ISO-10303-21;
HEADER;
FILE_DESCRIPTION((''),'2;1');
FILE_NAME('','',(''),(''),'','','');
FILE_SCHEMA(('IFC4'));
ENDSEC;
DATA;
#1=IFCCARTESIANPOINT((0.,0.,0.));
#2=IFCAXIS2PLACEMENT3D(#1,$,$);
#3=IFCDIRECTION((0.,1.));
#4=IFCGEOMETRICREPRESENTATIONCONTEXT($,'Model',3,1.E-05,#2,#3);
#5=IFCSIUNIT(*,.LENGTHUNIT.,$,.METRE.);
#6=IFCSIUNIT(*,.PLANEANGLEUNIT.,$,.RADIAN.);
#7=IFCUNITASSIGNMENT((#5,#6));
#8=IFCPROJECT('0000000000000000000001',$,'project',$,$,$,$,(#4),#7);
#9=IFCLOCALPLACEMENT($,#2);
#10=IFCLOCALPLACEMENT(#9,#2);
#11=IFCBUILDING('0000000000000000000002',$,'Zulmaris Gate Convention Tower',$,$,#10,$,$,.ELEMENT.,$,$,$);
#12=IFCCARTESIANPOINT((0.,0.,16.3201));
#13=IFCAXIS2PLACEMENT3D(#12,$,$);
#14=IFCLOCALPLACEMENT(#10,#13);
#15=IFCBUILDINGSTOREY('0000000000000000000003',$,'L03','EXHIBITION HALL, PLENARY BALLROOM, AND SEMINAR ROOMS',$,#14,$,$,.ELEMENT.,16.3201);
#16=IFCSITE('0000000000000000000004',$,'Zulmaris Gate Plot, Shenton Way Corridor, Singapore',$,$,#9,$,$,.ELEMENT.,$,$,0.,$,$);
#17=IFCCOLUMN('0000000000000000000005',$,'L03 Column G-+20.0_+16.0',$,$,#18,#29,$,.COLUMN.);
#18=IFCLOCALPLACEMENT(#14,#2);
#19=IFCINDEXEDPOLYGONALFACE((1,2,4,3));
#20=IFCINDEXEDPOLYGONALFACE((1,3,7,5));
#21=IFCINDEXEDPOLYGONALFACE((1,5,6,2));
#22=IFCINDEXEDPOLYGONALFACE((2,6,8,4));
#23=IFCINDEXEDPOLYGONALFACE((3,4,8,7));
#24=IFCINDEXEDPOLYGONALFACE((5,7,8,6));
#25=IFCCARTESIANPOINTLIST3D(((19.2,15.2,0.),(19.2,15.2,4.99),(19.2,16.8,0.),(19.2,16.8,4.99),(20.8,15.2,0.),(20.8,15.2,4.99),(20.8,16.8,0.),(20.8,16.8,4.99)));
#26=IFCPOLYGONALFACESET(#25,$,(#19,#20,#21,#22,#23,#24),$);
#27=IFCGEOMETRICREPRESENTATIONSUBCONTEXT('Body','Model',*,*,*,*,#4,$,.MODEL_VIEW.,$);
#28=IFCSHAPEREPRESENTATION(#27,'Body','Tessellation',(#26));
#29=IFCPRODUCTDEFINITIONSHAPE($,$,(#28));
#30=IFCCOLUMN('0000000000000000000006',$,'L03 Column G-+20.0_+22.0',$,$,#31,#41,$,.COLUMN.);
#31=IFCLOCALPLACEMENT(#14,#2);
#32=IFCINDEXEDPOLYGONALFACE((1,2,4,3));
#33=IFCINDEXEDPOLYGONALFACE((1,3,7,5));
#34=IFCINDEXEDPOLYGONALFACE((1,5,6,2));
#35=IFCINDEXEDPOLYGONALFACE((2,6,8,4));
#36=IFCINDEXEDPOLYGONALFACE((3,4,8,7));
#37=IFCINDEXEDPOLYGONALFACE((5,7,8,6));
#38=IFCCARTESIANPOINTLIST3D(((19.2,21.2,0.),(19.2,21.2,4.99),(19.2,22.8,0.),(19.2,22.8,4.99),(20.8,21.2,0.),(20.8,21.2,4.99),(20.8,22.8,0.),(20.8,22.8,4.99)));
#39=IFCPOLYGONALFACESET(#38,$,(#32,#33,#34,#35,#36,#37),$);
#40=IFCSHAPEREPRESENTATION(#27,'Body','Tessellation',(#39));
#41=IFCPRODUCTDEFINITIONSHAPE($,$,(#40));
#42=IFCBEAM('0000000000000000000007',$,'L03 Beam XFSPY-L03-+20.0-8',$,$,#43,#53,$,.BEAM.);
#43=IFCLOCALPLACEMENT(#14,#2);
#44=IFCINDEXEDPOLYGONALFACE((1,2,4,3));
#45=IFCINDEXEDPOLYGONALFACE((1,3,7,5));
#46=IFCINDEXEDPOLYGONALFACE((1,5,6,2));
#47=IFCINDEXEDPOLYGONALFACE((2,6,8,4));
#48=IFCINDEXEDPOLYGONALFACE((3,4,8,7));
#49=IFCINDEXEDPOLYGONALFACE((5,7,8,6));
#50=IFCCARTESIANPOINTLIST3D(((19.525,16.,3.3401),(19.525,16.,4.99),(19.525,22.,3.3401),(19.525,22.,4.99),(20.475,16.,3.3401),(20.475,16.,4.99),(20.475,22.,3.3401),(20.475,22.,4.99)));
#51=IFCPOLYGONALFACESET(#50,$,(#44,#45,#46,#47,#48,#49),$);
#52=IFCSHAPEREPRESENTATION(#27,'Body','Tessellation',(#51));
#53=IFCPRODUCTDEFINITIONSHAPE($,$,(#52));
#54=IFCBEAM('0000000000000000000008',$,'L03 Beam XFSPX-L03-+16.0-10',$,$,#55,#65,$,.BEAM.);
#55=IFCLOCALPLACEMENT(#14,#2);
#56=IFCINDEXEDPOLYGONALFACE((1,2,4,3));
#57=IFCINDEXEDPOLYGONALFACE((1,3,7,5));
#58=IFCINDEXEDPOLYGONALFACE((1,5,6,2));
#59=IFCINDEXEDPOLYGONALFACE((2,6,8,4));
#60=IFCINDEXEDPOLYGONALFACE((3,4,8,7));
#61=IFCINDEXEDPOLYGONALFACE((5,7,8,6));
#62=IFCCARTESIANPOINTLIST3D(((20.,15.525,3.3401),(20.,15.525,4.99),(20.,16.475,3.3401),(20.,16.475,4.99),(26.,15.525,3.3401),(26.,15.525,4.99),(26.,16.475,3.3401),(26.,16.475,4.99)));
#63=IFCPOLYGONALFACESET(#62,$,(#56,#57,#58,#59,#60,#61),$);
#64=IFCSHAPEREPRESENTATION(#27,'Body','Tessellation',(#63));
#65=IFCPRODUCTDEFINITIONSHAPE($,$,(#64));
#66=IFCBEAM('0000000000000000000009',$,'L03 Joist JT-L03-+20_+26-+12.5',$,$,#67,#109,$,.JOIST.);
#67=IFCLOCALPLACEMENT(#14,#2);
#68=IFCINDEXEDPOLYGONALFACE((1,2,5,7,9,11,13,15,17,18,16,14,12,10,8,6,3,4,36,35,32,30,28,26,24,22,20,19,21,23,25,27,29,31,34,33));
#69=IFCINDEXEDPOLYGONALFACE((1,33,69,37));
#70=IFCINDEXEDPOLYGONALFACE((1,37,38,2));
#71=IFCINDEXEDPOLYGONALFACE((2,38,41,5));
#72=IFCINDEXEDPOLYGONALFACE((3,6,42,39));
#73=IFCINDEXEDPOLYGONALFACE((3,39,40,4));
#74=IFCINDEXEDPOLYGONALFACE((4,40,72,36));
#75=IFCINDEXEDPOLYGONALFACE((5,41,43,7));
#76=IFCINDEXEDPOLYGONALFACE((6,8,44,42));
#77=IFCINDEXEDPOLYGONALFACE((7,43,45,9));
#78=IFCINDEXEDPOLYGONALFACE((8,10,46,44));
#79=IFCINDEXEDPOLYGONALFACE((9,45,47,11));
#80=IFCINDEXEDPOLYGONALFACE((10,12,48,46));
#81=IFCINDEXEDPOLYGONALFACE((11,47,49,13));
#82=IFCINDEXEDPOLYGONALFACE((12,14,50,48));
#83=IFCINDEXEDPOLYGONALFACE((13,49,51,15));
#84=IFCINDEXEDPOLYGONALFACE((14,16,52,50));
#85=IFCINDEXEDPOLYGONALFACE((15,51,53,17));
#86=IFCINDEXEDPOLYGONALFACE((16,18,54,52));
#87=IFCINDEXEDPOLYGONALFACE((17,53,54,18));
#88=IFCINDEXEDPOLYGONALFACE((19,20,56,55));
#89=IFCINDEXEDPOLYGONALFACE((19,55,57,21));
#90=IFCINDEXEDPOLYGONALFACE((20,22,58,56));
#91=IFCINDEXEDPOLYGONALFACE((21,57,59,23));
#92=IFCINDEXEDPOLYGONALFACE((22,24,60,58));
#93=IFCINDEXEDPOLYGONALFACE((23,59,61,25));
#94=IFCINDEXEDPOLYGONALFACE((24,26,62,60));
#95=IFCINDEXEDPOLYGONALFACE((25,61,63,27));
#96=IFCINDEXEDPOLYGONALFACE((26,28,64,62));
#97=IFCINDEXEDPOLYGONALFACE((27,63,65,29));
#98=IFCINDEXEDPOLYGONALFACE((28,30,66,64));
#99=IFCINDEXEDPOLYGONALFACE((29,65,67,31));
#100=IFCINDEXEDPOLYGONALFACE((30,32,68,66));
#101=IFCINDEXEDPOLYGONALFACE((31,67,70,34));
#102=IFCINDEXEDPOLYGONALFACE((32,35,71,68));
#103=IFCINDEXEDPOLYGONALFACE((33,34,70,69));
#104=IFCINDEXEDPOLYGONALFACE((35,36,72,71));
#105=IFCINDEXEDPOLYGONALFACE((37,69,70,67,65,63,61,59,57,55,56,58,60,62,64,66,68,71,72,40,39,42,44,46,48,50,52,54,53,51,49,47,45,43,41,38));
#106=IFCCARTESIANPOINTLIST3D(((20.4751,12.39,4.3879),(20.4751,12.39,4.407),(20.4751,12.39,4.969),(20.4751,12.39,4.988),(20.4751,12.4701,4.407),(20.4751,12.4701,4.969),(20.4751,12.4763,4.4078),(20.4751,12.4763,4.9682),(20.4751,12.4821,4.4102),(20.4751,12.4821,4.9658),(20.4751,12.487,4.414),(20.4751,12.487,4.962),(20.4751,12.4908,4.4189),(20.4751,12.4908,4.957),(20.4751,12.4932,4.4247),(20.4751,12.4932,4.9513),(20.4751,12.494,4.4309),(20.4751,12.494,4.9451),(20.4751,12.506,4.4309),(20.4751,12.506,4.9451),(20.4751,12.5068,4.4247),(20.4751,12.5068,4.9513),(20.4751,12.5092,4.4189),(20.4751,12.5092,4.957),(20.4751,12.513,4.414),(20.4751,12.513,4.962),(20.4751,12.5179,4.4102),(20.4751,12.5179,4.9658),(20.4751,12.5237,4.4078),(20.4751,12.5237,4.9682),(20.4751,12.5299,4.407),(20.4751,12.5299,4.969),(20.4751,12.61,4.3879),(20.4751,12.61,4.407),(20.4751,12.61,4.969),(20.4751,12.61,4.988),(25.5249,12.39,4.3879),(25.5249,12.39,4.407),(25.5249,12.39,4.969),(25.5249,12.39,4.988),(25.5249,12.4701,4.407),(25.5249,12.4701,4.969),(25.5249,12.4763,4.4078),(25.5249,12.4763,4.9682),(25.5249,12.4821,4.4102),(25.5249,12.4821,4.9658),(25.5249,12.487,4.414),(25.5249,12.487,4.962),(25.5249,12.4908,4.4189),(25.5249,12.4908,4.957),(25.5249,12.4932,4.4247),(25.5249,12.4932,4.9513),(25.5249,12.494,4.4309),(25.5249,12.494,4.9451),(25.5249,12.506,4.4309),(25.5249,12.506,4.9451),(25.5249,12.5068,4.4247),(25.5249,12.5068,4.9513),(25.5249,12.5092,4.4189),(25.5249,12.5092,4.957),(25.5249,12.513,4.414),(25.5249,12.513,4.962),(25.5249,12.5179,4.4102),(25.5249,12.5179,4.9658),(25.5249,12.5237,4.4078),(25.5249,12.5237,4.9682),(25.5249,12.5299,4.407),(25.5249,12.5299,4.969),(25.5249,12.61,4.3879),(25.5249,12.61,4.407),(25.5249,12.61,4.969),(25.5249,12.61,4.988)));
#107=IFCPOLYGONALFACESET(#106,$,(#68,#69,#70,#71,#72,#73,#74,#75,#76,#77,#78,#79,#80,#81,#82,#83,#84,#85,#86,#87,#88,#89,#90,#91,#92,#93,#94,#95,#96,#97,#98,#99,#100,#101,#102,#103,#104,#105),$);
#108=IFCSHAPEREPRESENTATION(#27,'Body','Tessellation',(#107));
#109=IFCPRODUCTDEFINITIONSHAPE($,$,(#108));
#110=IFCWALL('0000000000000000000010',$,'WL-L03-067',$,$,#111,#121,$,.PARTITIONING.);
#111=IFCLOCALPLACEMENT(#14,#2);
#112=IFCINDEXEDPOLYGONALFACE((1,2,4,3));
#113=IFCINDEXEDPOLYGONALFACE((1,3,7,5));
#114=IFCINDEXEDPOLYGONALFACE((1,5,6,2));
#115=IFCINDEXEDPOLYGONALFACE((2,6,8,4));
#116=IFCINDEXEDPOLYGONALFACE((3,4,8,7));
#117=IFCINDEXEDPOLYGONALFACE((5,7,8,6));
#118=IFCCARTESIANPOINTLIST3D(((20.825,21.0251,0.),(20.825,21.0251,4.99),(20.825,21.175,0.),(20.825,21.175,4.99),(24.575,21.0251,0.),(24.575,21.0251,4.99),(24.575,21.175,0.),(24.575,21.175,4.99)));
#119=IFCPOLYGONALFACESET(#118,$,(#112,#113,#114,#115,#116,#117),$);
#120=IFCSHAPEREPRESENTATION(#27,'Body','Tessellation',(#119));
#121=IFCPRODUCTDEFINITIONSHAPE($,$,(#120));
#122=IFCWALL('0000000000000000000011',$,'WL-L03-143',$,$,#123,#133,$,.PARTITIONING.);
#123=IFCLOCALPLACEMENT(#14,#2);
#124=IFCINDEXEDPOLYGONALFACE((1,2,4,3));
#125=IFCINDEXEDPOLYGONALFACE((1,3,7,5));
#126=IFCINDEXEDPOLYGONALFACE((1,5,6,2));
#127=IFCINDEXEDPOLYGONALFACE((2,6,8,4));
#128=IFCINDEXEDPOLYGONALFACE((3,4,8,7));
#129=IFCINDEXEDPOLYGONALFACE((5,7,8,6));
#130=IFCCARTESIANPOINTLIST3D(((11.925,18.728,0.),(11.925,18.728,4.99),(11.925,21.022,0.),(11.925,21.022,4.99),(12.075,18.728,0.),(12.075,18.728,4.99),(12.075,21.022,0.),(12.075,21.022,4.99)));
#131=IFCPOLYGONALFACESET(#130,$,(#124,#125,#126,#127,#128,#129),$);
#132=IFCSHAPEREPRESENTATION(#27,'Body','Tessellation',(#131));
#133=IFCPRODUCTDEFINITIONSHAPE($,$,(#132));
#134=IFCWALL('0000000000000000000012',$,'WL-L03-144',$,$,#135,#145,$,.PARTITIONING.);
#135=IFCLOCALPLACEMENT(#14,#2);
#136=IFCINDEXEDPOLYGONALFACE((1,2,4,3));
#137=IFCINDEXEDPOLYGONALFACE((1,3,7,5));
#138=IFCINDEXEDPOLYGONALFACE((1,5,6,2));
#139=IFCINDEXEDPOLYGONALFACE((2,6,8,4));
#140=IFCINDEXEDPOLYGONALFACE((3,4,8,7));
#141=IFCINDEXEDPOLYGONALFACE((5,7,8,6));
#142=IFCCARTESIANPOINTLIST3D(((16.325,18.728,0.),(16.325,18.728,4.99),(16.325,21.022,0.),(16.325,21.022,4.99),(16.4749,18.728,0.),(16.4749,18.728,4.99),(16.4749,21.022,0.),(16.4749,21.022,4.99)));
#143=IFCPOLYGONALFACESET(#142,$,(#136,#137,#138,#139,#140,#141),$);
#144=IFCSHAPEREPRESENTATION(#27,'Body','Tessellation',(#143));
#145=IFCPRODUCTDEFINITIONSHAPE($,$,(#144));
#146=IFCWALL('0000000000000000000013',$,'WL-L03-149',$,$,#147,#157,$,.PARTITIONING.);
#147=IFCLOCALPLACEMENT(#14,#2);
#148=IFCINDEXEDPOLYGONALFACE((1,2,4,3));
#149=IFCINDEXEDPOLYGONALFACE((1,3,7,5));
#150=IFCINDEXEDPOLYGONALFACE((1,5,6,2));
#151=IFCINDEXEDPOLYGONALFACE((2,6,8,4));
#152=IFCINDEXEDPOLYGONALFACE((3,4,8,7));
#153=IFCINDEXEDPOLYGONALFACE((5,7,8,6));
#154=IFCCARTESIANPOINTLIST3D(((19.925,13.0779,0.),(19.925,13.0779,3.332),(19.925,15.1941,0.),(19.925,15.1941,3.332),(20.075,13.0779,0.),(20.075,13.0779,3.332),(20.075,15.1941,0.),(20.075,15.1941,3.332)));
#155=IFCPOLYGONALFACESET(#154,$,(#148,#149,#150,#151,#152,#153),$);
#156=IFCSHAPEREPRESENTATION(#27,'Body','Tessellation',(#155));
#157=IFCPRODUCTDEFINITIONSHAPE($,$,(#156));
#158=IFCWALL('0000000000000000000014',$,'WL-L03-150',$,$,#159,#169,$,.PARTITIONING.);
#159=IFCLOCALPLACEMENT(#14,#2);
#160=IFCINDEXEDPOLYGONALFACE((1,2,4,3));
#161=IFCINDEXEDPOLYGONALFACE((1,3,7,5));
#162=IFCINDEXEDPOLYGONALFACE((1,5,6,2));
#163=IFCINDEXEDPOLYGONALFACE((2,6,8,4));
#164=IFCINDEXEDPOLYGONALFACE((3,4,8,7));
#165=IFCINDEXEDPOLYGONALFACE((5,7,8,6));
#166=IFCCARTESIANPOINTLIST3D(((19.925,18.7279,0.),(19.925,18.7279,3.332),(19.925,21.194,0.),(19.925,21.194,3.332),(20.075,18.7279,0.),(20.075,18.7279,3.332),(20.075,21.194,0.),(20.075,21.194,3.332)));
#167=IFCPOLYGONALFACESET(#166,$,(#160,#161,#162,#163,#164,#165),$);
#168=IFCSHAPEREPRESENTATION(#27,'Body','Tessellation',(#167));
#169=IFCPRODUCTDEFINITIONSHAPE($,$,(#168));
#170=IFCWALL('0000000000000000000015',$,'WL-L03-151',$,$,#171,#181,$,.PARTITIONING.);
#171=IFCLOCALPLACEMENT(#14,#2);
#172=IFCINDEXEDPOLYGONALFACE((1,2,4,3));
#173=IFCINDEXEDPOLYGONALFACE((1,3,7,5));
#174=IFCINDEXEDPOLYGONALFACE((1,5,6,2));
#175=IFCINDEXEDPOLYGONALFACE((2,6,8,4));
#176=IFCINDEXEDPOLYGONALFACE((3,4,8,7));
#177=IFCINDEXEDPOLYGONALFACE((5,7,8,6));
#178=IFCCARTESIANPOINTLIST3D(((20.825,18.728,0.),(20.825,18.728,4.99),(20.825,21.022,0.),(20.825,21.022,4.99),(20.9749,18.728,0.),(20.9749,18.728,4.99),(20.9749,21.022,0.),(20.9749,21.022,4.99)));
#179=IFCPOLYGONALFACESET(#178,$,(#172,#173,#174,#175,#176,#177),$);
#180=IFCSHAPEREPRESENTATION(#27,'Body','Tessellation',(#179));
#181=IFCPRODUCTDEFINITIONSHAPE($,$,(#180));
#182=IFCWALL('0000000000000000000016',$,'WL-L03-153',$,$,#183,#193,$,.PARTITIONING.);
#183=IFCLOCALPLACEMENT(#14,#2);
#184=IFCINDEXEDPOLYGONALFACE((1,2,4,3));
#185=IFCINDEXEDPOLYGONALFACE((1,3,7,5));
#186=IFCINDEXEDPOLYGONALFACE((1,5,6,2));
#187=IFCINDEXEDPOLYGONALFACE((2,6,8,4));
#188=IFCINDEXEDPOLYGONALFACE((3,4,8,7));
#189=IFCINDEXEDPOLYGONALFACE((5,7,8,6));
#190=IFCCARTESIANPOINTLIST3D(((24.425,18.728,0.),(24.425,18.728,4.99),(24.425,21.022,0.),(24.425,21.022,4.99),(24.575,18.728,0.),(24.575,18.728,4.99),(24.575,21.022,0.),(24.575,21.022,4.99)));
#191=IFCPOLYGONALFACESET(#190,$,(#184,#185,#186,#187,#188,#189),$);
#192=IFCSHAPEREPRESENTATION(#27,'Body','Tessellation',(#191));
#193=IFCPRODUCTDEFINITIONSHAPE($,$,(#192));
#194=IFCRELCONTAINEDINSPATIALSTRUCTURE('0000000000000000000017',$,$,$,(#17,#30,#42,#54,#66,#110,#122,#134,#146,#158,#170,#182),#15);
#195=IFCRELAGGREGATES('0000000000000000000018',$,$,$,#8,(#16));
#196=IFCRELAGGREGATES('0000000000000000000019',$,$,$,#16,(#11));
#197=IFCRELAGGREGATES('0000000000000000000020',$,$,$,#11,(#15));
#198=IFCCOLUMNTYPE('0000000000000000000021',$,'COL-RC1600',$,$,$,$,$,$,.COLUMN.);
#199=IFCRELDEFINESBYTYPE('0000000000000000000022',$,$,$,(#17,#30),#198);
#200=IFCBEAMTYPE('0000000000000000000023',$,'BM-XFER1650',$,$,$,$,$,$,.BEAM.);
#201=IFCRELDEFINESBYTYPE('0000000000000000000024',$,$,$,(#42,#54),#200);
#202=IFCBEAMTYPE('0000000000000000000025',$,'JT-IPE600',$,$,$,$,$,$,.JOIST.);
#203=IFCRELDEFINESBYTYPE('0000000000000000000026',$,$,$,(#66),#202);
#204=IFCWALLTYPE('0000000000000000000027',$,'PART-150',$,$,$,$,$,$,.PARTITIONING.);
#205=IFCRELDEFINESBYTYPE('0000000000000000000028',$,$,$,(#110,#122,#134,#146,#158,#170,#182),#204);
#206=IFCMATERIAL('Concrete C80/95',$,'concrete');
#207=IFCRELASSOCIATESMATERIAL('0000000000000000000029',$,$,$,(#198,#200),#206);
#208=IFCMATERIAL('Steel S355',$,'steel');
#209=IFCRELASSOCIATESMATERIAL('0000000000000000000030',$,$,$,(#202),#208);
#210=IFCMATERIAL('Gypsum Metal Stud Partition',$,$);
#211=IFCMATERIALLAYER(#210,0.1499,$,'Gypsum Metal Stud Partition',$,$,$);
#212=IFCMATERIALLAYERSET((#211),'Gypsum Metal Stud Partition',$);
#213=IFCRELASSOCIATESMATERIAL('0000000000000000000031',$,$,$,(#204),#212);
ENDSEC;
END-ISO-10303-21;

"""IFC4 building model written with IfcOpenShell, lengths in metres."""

from ifc_helpers import new_model, si_unit, direction, frame, frame_2d, origin, origin_2d, place, context, subcontext, project, spatial, rectangle, i_section, extrude, material, layer, layer_set, material_profile, profile_set, type_object, element, save


model = new_model("IFC4")

# Units and contexts
model_context = context("Model", 3, precision=1e-05, world=origin(), true_north=direction((0.0, 1.0)))
body_context = subcontext(model_context, "Body", "Model", "MODEL_VIEW")
ifc_project = project(units=[si_unit("LENGTHUNIT", "METRE"), si_unit("PLANEANGLEUNIT", "RADIAN")], contexts=[model_context])

# Site, building, storey
site_placement = place(None, origin())
site = spatial("IfcSite", under=ifc_project, at=site_placement, Name="Zulmaris Gate Plot, Shenton Way Corridor, Singapore", CompositionType="ELEMENT", RefElevation=0.0)
building_placement = place(site_placement, origin())
building = spatial("IfcBuilding", under=site, at=building_placement, Name="Zulmaris Gate Convention Tower", CompositionType="ELEMENT")
storey_placement = place(building_placement, frame((0.0, 0.0, 16.3201)))
storey = spatial("IfcBuildingStorey", under=building, at=storey_placement, Name="L03", Description="EXHIBITION HALL, PLENARY BALLROOM, AND SEMINAR ROOMS", CompositionType="ELEMENT", Elevation=16.3201)

# Columns
ifc_material_1 = material(Name="Concrete C80/95", Category="concrete")
ifc_material_profile_1 = material_profile(ifc_material_1, rectangle(XDim=1.6001, YDim=1.6001, at=origin_2d()), Name="RC COL 1600x1600")
ifc_profile_set_1 = profile_set([ifc_material_profile_1], Name="Concrete C80/95")
column_type = type_object("IfcColumnType", Name="COL-RC1600", PredefinedType="COLUMN", material=ifc_profile_set_1)
for number, where, z_axis, x_axis, name in (
    (1, (20.0, 16.0, 0.0), (0.0, 0.0, 1.0), (1.0, 0.0, 0.0), "L03 Column G-+20.0_+16.0"),
    (2, (20.0, 22.0, 0.0), (0.0, 0.0, 1.0), (1.0, 0.0, 0.0), "L03 Column G-+20.0_+22.0"),
):
    element("IfcColumn", number, at=place(storey_placement, frame(where, z_axis=z_axis, x_axis=x_axis)), inside=storey, type_object=column_type, Name=name, PredefinedType="COLUMN", context=body_context, shape_type="SweptSolid", body=[
        extrude(rectangle(XDim=1.6001, YDim=1.6001, at=origin_2d()), origin(), (0.0, 0.0, 1.0), 4.99),
    ])

# Beams
ifc_material_profile_2 = material_profile(ifc_material_1, rectangle(XDim=0.95, YDim=1.6499, at=origin_2d()), Name="RC TRANSFER 950x1650")
ifc_profile_set_2 = profile_set([ifc_material_profile_2], Name="Concrete C80/95")
beam_type_1 = type_object("IfcBeamType", Name="BM-XFER1650", PredefinedType="BEAM", material=ifc_profile_set_2)
for number, where, z_axis, x_axis, name in (
    (3, (20.0, 16.0, 4.165), (0.0, 1.0, 0.0), (-1.0, 0.0, 0.0), "L03 Beam XFSPY-L03-+20.0-8"),
    (4, (20.0, 16.0, 4.165), (1.0, 0.0, 0.0), (0.0, 1.0, 0.0), "L03 Beam XFSPX-L03-+16.0-10"),
):
    element("IfcBeam", number, at=place(storey_placement, frame(where, z_axis=z_axis, x_axis=x_axis)), inside=storey, type_object=beam_type_1, Name=name, PredefinedType="BEAM", context=body_context, shape_type="SweptSolid", body=[
        extrude(rectangle(XDim=0.95, YDim=1.6499, at=origin_2d()), origin(), (0.0, 0.0, 1.0), 6.0),
    ])
ifc_material_2 = material(Name="Steel S355", Category="steel")
ifc_material_profile_3 = material_profile(ifc_material_2, i_section(OverallWidth=0.22, OverallDepth=0.6001, WebThickness=0.012, FlangeThickness=0.019, FilletRadius=0.0239, at=origin_2d()), Name="IPE 600")
ifc_profile_set_3 = profile_set([ifc_material_profile_3], Name="Steel S355")
beam_type_2 = type_object("IfcBeamType", Name="JT-IPE600", PredefinedType="JOIST", material=ifc_profile_set_3)
beam_placement = place(storey_placement, frame((20.4751, 12.5, 4.688), z_axis=(1.0, 0.0, 0.0), x_axis=(0.0, 1.0, 0.0)))
element("IfcBeam", 5, at=beam_placement, inside=storey, type_object=beam_type_2, Name="L03 Joist JT-L03-+20_+26-+12.5", PredefinedType="JOIST", context=body_context, shape_type="SweptSolid", body=[
    extrude(i_section(OverallWidth=0.22, OverallDepth=0.6001, WebThickness=0.012, FlangeThickness=0.019, FilletRadius=0.0239, at=origin_2d()), origin(), (0.0, 0.0, 1.0), 5.0498),
])

# Shared definitions
ifc_material_3 = material(Name="Gypsum Metal Stud Partition")
ifc_layer_1 = layer(ifc_material_3, 0.1499, Name="Gypsum Metal Stud Partition")
ifc_layer_set_1 = layer_set([ifc_layer_1], Name="Gypsum Metal Stud Partition")
wall_type_1 = type_object("IfcWallType", Name="PART-150", PredefinedType="PARTITIONING", material=ifc_layer_set_1)

# Walls
wall_1_placement = place(storey_placement, frame((20.825, 21.1001, 0.0), z_axis=(0.0, 0.0, 1.0), x_axis=(1.0, 0.0, 0.0)))
element("IfcWall", 6, at=wall_1_placement, inside=storey, type_object=wall_type_1, Name="WL-L03-067", PredefinedType="PARTITIONING", context=body_context, shape_type="SweptSolid", body=[
    extrude(rectangle(XDim=3.75, YDim=0.1499, at=frame_2d((1.875, 0.0))), origin(), (0.0, 0.0, 1.0), 4.99),
])
for number, where, z_axis, x_axis, name in (
    (7, (12.0, 18.728, 0.0), (0.0, 0.0, 1.0), (0.0, 1.0, 0.0), "WL-L03-143"),
    (8, (16.3999, 18.728, 0.0), (0.0, 0.0, 1.0), (0.0, 1.0, 0.0), "WL-L03-144"),
):
    element("IfcWall", number, at=place(storey_placement, frame(where, z_axis=z_axis, x_axis=x_axis)), inside=storey, type_object=wall_type_1, Name=name, PredefinedType="PARTITIONING", context=body_context, shape_type="SweptSolid", body=[
        extrude(rectangle(XDim=2.2939, YDim=0.1499, at=frame_2d((1.147, 0.0))), origin(), (0.0, 0.0, 1.0), 4.99),
    ])

# Walls
wall_2_placement = place(storey_placement, frame((20.0, 13.0779, 0.0), z_axis=(0.0, 0.0, 1.0), x_axis=(0.0, 1.0, 0.0)))
element("IfcWall", 9, at=wall_2_placement, inside=storey, type_object=wall_type_1, Name="WL-L03-149", PredefinedType="PARTITIONING", context=body_context, shape_type="SweptSolid", body=[
    extrude(rectangle(XDim=2.1162, YDim=0.1499, at=frame_2d((1.0581, 0.0))), origin(), (0.0, 0.0, 1.0), 3.332),
])
wall_3_placement = place(storey_placement, frame((20.0, 18.728, 0.0), z_axis=(0.0, 0.0, 1.0), x_axis=(0.0, 1.0, 0.0)))
element("IfcWall", 10, at=wall_3_placement, inside=storey, type_object=wall_type_1, Name="WL-L03-150", PredefinedType="PARTITIONING", context=body_context, shape_type="SweptSolid", body=[
    extrude(rectangle(XDim=2.4661, YDim=0.1499, at=frame_2d((1.2329, 0.0))), origin(), (0.0, 0.0, 1.0), 3.332),
])
for number, where, z_axis, x_axis, name in (
    (11, (20.8999, 18.728, 0.0), (0.0, 0.0, 1.0), (0.0, 1.0, 0.0), "WL-L03-151"),
    (12, (24.5, 18.728, 0.0), (0.0, 0.0, 1.0), (0.0, 1.0, 0.0), "WL-L03-153"),
):
    element("IfcWall", number, at=place(storey_placement, frame(where, z_axis=z_axis, x_axis=x_axis)), inside=storey, type_object=wall_type_1, Name=name, PredefinedType="PARTITIONING", context=body_context, shape_type="SweptSolid", body=[
        extrude(rectangle(XDim=2.2939, YDim=0.1499, at=frame_2d((1.147, 0.0))), origin(), (0.0, 0.0, 1.0), 4.99),
    ])

save(model, "model.ifc")
